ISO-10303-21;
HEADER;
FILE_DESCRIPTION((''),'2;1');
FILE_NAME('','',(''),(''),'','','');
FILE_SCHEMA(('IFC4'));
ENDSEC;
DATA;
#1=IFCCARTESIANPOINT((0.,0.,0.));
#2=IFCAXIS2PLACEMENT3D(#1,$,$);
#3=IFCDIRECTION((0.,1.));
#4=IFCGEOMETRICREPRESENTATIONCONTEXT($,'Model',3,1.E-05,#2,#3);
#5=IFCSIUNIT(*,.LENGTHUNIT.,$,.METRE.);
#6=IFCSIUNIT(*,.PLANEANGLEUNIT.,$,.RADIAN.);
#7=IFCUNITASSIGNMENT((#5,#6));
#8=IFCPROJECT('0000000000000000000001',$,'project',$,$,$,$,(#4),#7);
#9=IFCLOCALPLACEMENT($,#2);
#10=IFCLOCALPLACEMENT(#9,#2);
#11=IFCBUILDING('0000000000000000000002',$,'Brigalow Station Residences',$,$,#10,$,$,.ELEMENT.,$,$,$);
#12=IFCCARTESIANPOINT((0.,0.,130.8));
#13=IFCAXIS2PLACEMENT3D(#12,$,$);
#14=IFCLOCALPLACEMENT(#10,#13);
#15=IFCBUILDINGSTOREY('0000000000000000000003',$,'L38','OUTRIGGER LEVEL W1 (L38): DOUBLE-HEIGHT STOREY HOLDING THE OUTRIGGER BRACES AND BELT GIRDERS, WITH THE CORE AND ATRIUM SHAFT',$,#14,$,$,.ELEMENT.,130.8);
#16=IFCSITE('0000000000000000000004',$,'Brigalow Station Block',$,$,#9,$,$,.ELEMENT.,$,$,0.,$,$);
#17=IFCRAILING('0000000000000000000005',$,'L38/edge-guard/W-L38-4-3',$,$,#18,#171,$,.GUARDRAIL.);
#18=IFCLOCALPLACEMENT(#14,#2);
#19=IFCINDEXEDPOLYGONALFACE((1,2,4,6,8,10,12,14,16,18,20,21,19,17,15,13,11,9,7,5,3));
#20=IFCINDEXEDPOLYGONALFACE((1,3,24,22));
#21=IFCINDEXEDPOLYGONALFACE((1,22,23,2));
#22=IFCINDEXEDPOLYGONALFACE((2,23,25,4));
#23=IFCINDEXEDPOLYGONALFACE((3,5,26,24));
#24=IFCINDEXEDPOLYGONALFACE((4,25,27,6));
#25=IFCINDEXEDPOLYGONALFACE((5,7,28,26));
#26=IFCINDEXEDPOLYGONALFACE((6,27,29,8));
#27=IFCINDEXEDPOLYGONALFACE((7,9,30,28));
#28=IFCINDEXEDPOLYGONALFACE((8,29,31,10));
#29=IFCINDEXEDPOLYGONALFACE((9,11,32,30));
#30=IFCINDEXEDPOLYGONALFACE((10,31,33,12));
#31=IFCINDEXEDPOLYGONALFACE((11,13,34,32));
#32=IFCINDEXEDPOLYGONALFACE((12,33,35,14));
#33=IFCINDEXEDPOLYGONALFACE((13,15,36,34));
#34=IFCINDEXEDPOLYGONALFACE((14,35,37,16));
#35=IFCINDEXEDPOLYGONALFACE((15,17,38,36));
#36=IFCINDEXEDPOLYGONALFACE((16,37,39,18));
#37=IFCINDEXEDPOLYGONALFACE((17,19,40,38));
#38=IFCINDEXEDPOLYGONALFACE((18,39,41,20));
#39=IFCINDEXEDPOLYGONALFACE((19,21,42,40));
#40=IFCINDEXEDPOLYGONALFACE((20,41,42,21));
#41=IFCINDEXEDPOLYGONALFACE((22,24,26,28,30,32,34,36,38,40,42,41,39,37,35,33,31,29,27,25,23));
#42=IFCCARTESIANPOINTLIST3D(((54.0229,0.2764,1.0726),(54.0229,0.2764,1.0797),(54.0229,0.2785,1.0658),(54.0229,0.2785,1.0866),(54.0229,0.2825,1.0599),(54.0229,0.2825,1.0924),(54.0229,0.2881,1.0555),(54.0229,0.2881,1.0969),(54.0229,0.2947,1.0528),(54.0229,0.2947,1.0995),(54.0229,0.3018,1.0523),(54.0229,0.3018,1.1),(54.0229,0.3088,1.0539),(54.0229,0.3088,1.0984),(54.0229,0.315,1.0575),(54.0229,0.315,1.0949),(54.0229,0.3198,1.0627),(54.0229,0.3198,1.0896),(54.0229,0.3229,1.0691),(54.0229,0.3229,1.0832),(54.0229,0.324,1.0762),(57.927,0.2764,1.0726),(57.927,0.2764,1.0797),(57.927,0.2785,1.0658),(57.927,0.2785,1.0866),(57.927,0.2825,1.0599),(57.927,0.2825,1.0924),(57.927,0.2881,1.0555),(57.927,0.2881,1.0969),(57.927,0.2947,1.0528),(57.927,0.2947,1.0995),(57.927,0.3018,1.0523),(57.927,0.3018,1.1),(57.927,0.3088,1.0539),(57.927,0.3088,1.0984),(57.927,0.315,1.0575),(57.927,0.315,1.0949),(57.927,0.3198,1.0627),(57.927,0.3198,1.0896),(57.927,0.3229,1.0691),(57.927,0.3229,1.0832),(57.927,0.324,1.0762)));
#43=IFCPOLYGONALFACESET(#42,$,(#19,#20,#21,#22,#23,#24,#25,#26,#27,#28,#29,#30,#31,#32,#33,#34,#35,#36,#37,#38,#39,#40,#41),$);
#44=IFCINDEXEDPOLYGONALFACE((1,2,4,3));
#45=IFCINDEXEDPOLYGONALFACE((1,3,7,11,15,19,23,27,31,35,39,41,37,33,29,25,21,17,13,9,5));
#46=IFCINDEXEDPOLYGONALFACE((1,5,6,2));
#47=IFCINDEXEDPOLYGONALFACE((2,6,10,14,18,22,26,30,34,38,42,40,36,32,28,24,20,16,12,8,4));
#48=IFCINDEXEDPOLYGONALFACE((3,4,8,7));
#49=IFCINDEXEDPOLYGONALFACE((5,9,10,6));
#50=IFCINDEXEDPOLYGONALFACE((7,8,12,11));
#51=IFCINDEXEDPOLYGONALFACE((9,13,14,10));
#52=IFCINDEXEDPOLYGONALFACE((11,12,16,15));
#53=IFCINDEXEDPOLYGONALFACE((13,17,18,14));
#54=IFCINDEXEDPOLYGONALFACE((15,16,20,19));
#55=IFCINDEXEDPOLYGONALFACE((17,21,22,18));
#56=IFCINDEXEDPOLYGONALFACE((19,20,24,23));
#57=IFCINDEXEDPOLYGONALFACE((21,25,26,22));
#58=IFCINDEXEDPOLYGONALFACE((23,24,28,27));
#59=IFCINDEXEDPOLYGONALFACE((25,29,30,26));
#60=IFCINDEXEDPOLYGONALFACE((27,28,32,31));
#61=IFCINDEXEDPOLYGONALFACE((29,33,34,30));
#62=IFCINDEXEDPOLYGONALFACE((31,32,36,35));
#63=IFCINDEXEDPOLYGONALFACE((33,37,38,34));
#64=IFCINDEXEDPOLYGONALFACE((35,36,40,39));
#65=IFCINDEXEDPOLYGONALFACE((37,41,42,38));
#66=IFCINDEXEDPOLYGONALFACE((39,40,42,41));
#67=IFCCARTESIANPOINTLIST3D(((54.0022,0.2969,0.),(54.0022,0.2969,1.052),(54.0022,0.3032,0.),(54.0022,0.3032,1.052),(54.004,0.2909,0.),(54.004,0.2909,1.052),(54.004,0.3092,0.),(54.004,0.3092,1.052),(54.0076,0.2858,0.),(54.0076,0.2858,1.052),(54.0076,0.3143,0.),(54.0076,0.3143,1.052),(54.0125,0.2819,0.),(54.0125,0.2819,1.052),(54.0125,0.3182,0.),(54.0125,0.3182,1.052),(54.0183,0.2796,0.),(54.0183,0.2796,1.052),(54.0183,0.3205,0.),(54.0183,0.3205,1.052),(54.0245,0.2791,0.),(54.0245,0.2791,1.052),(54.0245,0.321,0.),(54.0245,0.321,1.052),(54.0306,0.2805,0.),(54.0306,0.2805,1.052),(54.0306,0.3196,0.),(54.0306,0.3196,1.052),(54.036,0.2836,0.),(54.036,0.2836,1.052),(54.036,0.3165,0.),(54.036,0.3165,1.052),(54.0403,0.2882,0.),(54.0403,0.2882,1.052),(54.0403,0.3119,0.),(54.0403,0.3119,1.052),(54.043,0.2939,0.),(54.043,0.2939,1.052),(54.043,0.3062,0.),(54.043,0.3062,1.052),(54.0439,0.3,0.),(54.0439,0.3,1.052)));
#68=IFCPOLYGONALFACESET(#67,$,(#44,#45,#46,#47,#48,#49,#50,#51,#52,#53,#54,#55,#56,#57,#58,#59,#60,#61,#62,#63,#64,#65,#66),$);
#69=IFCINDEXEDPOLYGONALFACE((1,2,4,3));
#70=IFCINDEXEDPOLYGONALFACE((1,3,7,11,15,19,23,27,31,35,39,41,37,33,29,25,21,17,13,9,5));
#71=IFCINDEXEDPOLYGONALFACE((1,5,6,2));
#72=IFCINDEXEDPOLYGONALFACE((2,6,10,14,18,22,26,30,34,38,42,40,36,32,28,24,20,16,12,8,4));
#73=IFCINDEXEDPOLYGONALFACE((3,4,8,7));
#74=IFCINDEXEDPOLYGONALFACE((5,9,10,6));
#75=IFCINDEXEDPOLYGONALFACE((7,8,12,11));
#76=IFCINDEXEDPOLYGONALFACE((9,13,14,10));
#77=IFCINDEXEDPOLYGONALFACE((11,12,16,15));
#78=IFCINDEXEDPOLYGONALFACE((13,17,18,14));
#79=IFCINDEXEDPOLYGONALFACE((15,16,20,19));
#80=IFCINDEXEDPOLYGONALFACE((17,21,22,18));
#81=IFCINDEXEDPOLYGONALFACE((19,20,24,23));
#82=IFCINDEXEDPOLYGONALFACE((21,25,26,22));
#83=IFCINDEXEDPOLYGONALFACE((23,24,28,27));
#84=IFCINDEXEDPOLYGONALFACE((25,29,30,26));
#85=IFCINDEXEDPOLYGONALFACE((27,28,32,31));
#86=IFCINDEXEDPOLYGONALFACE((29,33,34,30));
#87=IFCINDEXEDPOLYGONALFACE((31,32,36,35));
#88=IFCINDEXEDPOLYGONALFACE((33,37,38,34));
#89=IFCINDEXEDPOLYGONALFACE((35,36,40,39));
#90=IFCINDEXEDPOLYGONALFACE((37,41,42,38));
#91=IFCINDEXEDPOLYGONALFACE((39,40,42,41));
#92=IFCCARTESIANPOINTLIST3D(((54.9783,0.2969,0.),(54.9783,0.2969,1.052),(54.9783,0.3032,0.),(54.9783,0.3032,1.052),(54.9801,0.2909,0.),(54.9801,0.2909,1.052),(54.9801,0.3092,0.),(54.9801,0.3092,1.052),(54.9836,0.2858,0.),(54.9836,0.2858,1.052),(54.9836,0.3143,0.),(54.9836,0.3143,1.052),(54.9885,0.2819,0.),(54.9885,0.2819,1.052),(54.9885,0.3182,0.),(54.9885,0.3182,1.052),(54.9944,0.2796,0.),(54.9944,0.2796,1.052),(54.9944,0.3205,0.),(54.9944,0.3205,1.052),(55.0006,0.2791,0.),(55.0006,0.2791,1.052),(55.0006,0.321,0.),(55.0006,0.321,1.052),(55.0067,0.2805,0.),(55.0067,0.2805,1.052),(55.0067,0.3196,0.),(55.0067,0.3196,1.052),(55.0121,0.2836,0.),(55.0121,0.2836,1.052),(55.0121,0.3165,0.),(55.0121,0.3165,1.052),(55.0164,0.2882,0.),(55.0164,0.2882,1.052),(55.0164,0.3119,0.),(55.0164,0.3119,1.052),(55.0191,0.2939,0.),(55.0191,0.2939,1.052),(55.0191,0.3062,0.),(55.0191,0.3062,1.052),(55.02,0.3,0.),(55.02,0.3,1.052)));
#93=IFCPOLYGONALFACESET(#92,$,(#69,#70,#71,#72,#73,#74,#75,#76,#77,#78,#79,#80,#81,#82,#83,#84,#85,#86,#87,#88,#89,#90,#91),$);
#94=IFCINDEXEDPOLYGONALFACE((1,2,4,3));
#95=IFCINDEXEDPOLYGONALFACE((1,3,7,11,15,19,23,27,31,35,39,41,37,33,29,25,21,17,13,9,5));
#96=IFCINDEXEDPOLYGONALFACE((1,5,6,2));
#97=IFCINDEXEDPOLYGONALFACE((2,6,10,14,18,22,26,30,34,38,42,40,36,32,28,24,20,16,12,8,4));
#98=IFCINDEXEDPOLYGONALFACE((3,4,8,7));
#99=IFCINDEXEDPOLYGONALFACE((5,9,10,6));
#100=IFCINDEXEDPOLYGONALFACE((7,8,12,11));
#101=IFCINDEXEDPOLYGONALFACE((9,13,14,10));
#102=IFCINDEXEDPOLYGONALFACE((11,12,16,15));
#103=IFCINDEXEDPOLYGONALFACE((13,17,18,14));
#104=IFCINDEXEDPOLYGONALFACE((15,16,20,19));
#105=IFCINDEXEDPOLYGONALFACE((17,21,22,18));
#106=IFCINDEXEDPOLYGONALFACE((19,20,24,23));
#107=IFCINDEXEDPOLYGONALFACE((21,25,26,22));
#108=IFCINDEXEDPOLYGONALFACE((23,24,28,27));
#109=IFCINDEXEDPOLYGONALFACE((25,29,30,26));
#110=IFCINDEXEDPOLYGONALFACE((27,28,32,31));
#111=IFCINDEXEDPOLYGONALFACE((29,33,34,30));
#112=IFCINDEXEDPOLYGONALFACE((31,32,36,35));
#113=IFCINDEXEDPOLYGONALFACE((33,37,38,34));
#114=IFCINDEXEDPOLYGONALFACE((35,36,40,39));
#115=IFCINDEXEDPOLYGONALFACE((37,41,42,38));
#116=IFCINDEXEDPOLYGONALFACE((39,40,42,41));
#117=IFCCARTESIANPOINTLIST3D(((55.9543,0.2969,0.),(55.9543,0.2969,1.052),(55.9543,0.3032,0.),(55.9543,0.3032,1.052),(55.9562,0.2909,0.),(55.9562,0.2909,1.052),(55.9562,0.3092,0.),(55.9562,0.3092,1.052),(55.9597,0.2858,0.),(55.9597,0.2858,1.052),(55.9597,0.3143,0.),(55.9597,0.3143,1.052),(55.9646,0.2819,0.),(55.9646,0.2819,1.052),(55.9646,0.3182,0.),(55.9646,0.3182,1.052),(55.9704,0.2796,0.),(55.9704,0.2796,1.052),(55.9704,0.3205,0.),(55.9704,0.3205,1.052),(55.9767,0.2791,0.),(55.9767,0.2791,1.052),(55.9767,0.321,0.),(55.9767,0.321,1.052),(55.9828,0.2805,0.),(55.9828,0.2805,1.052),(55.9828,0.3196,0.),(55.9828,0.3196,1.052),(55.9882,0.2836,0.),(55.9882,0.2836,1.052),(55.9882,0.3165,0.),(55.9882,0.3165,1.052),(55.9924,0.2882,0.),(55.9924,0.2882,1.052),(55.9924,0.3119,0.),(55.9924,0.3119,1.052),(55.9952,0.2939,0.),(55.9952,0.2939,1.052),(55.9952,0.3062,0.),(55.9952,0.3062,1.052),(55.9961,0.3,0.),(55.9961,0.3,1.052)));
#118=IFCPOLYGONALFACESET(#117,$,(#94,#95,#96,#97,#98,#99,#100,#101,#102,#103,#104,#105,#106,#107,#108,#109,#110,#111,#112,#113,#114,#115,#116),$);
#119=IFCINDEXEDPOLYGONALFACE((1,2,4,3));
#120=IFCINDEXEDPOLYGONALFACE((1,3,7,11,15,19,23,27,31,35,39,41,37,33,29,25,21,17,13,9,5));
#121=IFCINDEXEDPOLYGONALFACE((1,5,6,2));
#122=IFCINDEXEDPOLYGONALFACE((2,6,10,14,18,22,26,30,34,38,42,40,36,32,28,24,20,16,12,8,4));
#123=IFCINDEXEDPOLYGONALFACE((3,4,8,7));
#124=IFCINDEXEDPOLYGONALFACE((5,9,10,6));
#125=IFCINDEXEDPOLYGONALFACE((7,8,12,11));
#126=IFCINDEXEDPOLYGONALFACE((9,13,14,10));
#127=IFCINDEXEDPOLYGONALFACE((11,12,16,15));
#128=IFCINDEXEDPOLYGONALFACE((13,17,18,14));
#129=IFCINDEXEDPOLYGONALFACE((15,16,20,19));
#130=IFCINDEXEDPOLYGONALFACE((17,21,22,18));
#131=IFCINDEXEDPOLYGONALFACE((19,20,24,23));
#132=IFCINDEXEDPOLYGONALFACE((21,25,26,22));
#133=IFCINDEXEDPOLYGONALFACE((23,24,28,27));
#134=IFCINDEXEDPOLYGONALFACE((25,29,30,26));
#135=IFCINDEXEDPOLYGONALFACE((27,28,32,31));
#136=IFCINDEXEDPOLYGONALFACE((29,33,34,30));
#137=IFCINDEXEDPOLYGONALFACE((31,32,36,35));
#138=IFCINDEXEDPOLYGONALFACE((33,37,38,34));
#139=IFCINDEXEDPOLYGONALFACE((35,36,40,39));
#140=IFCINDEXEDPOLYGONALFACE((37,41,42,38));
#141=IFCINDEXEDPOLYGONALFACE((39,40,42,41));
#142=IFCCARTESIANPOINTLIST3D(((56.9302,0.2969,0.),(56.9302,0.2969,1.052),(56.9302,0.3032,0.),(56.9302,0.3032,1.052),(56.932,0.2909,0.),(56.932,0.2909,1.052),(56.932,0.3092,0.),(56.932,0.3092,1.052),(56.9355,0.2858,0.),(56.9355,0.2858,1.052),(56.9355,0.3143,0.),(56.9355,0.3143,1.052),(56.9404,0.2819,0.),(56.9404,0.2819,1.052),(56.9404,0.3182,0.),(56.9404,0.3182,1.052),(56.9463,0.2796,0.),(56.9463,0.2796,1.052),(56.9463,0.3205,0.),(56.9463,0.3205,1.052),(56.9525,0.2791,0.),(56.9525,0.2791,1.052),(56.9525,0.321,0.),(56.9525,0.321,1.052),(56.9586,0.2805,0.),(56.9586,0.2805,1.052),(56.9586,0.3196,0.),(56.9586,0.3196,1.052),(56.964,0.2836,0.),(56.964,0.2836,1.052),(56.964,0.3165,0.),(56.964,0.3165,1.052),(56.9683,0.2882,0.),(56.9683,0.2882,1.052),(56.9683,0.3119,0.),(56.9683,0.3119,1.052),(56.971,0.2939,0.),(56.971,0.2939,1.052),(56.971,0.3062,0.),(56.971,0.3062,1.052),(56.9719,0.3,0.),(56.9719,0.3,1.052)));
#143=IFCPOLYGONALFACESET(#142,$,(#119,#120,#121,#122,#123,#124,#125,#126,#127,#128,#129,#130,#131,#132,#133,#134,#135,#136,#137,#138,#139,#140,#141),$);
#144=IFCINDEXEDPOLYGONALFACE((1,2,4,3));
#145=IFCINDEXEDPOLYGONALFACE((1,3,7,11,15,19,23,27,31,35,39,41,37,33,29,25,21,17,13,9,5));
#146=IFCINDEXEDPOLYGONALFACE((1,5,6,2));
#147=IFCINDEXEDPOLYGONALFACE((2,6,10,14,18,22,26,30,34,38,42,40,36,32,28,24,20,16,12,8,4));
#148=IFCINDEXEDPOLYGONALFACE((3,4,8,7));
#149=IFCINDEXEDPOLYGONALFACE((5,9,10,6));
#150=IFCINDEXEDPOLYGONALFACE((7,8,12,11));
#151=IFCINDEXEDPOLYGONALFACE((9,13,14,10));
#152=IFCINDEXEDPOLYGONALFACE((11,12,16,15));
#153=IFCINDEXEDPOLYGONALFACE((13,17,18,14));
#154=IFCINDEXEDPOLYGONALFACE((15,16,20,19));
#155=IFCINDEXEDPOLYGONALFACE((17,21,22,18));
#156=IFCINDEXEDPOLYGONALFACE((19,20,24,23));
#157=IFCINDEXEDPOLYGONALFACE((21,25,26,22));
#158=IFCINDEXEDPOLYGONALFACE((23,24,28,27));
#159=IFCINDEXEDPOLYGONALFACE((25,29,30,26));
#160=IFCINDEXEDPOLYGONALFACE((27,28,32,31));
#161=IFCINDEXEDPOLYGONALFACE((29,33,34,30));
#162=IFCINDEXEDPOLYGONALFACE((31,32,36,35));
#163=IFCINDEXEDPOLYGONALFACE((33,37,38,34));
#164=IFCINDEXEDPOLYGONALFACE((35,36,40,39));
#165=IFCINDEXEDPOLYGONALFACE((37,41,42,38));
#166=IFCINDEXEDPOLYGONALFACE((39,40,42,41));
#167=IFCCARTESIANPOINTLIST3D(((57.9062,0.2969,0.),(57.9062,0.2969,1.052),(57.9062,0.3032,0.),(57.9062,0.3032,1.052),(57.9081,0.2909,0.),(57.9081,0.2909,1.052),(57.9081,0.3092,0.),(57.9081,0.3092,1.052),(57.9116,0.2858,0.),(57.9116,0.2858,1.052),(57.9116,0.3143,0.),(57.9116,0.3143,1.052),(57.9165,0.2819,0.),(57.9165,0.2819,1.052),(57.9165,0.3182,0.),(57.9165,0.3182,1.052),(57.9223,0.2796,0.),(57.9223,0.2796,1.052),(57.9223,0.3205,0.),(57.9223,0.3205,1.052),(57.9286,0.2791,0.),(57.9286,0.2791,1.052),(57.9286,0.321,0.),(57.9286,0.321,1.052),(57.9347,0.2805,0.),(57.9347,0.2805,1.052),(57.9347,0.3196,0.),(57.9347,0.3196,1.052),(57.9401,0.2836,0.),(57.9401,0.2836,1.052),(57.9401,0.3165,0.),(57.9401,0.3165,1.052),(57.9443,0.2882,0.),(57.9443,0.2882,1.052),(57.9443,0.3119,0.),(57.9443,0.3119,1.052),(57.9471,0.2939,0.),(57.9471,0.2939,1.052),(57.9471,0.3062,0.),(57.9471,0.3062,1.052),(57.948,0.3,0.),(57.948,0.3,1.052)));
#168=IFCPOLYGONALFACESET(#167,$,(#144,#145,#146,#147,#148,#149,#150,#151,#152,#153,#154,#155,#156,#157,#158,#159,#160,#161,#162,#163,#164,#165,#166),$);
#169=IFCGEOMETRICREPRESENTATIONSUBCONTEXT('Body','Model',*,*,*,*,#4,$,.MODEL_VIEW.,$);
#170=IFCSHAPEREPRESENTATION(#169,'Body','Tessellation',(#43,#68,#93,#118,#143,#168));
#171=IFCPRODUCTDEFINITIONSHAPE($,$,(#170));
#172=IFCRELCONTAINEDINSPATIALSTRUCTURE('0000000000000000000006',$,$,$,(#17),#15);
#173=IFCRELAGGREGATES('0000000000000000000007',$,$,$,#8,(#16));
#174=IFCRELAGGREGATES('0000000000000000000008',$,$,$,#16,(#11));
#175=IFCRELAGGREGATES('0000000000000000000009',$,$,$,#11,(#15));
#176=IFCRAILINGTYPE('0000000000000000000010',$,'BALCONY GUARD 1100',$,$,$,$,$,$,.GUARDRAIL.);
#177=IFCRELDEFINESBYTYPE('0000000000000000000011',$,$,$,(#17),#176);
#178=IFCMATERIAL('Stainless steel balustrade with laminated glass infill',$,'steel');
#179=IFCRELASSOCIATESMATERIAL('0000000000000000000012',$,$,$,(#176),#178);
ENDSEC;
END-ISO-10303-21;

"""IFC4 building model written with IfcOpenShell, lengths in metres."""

from ifc_helpers import new_model, si_unit, direction, frame, origin, origin_2d, place, context, subcontext, project, spatial, circle, extrude, material, type_object, element, save


model = new_model("IFC4")

# Units and contexts
model_context = context("Model", 3, precision=1e-05, world=origin(), true_north=direction((0.0, 1.0)))
body_context = subcontext(model_context, "Body", "Model", "MODEL_VIEW")
ifc_project = project(units=[si_unit("LENGTHUNIT", "METRE"), si_unit("PLANEANGLEUNIT", "RADIAN")], contexts=[model_context])

# Site, building, storey
site_placement = place(None, origin())
site = spatial("IfcSite", under=ifc_project, at=site_placement, Name="Brigalow Station Block", CompositionType="ELEMENT", RefElevation=0.0)
building_placement = place(site_placement, origin())
building = spatial("IfcBuilding", under=site, at=building_placement, Name="Brigalow Station Residences", CompositionType="ELEMENT")
storey_placement = place(building_placement, frame((0.0, 0.0, 130.8)))
storey = spatial("IfcBuildingStorey", under=building, at=storey_placement, Name="L38", Description="OUTRIGGER LEVEL W1 (L38): DOUBLE-HEIGHT STOREY HOLDING THE OUTRIGGER BRACES AND BELT GIRDERS, WITH THE CORE AND ATRIUM SHAFT", CompositionType="ELEMENT", Elevation=130.8)

# Railing
ifc_material_1 = material(Name="Stainless steel balustrade with laminated glass infill", Category="steel")
railing_type = type_object("IfcRailingType", Name="BALCONY GUARD 1100", PredefinedType="GUARDRAIL", material=ifc_material_1)
railing_1_placement = place(storey_placement, frame((54.0229, 0.3, 0.0)))
element("IfcRailing", 1, at=railing_1_placement, inside=storey, type_object=railing_type, Name="L38/edge-guard/W-L38-4-3", PredefinedType="GUARDRAIL", context=body_context, shape_type="SweptSolid", body=[
    extrude(circle(Radius=0.0239, at=origin_2d()), frame((0.0, 0.0, 1.0762), z_axis=(1.0, 0.0, 0.0), x_axis=(0.0, 1.0, 0.0)), (0.0, 0.0, 1.0), 3.9041),
    extrude(circle(Radius=0.021, at=origin_2d()), origin(), (0.0, 0.0, 1.0), 1.052),
    extrude(circle(Radius=0.021, at=origin_2d()), frame((0.9761, 0.0, 0.0)), (0.0, 0.0, 1.0), 1.052),
    extrude(circle(Radius=0.021, at=origin_2d()), frame((1.9521, 0.0, 0.0)), (0.0, 0.0, 1.0), 1.052),
    extrude(circle(Radius=0.021, at=origin_2d()), frame((2.928, 0.0, 0.0)), (0.0, 0.0, 1.0), 1.052),
    extrude(circle(Radius=0.021, at=origin_2d()), frame((3.9041, 0.0, 0.0)), (0.0, 0.0, 1.0), 1.052),
])

save(model, "model.ifc")
